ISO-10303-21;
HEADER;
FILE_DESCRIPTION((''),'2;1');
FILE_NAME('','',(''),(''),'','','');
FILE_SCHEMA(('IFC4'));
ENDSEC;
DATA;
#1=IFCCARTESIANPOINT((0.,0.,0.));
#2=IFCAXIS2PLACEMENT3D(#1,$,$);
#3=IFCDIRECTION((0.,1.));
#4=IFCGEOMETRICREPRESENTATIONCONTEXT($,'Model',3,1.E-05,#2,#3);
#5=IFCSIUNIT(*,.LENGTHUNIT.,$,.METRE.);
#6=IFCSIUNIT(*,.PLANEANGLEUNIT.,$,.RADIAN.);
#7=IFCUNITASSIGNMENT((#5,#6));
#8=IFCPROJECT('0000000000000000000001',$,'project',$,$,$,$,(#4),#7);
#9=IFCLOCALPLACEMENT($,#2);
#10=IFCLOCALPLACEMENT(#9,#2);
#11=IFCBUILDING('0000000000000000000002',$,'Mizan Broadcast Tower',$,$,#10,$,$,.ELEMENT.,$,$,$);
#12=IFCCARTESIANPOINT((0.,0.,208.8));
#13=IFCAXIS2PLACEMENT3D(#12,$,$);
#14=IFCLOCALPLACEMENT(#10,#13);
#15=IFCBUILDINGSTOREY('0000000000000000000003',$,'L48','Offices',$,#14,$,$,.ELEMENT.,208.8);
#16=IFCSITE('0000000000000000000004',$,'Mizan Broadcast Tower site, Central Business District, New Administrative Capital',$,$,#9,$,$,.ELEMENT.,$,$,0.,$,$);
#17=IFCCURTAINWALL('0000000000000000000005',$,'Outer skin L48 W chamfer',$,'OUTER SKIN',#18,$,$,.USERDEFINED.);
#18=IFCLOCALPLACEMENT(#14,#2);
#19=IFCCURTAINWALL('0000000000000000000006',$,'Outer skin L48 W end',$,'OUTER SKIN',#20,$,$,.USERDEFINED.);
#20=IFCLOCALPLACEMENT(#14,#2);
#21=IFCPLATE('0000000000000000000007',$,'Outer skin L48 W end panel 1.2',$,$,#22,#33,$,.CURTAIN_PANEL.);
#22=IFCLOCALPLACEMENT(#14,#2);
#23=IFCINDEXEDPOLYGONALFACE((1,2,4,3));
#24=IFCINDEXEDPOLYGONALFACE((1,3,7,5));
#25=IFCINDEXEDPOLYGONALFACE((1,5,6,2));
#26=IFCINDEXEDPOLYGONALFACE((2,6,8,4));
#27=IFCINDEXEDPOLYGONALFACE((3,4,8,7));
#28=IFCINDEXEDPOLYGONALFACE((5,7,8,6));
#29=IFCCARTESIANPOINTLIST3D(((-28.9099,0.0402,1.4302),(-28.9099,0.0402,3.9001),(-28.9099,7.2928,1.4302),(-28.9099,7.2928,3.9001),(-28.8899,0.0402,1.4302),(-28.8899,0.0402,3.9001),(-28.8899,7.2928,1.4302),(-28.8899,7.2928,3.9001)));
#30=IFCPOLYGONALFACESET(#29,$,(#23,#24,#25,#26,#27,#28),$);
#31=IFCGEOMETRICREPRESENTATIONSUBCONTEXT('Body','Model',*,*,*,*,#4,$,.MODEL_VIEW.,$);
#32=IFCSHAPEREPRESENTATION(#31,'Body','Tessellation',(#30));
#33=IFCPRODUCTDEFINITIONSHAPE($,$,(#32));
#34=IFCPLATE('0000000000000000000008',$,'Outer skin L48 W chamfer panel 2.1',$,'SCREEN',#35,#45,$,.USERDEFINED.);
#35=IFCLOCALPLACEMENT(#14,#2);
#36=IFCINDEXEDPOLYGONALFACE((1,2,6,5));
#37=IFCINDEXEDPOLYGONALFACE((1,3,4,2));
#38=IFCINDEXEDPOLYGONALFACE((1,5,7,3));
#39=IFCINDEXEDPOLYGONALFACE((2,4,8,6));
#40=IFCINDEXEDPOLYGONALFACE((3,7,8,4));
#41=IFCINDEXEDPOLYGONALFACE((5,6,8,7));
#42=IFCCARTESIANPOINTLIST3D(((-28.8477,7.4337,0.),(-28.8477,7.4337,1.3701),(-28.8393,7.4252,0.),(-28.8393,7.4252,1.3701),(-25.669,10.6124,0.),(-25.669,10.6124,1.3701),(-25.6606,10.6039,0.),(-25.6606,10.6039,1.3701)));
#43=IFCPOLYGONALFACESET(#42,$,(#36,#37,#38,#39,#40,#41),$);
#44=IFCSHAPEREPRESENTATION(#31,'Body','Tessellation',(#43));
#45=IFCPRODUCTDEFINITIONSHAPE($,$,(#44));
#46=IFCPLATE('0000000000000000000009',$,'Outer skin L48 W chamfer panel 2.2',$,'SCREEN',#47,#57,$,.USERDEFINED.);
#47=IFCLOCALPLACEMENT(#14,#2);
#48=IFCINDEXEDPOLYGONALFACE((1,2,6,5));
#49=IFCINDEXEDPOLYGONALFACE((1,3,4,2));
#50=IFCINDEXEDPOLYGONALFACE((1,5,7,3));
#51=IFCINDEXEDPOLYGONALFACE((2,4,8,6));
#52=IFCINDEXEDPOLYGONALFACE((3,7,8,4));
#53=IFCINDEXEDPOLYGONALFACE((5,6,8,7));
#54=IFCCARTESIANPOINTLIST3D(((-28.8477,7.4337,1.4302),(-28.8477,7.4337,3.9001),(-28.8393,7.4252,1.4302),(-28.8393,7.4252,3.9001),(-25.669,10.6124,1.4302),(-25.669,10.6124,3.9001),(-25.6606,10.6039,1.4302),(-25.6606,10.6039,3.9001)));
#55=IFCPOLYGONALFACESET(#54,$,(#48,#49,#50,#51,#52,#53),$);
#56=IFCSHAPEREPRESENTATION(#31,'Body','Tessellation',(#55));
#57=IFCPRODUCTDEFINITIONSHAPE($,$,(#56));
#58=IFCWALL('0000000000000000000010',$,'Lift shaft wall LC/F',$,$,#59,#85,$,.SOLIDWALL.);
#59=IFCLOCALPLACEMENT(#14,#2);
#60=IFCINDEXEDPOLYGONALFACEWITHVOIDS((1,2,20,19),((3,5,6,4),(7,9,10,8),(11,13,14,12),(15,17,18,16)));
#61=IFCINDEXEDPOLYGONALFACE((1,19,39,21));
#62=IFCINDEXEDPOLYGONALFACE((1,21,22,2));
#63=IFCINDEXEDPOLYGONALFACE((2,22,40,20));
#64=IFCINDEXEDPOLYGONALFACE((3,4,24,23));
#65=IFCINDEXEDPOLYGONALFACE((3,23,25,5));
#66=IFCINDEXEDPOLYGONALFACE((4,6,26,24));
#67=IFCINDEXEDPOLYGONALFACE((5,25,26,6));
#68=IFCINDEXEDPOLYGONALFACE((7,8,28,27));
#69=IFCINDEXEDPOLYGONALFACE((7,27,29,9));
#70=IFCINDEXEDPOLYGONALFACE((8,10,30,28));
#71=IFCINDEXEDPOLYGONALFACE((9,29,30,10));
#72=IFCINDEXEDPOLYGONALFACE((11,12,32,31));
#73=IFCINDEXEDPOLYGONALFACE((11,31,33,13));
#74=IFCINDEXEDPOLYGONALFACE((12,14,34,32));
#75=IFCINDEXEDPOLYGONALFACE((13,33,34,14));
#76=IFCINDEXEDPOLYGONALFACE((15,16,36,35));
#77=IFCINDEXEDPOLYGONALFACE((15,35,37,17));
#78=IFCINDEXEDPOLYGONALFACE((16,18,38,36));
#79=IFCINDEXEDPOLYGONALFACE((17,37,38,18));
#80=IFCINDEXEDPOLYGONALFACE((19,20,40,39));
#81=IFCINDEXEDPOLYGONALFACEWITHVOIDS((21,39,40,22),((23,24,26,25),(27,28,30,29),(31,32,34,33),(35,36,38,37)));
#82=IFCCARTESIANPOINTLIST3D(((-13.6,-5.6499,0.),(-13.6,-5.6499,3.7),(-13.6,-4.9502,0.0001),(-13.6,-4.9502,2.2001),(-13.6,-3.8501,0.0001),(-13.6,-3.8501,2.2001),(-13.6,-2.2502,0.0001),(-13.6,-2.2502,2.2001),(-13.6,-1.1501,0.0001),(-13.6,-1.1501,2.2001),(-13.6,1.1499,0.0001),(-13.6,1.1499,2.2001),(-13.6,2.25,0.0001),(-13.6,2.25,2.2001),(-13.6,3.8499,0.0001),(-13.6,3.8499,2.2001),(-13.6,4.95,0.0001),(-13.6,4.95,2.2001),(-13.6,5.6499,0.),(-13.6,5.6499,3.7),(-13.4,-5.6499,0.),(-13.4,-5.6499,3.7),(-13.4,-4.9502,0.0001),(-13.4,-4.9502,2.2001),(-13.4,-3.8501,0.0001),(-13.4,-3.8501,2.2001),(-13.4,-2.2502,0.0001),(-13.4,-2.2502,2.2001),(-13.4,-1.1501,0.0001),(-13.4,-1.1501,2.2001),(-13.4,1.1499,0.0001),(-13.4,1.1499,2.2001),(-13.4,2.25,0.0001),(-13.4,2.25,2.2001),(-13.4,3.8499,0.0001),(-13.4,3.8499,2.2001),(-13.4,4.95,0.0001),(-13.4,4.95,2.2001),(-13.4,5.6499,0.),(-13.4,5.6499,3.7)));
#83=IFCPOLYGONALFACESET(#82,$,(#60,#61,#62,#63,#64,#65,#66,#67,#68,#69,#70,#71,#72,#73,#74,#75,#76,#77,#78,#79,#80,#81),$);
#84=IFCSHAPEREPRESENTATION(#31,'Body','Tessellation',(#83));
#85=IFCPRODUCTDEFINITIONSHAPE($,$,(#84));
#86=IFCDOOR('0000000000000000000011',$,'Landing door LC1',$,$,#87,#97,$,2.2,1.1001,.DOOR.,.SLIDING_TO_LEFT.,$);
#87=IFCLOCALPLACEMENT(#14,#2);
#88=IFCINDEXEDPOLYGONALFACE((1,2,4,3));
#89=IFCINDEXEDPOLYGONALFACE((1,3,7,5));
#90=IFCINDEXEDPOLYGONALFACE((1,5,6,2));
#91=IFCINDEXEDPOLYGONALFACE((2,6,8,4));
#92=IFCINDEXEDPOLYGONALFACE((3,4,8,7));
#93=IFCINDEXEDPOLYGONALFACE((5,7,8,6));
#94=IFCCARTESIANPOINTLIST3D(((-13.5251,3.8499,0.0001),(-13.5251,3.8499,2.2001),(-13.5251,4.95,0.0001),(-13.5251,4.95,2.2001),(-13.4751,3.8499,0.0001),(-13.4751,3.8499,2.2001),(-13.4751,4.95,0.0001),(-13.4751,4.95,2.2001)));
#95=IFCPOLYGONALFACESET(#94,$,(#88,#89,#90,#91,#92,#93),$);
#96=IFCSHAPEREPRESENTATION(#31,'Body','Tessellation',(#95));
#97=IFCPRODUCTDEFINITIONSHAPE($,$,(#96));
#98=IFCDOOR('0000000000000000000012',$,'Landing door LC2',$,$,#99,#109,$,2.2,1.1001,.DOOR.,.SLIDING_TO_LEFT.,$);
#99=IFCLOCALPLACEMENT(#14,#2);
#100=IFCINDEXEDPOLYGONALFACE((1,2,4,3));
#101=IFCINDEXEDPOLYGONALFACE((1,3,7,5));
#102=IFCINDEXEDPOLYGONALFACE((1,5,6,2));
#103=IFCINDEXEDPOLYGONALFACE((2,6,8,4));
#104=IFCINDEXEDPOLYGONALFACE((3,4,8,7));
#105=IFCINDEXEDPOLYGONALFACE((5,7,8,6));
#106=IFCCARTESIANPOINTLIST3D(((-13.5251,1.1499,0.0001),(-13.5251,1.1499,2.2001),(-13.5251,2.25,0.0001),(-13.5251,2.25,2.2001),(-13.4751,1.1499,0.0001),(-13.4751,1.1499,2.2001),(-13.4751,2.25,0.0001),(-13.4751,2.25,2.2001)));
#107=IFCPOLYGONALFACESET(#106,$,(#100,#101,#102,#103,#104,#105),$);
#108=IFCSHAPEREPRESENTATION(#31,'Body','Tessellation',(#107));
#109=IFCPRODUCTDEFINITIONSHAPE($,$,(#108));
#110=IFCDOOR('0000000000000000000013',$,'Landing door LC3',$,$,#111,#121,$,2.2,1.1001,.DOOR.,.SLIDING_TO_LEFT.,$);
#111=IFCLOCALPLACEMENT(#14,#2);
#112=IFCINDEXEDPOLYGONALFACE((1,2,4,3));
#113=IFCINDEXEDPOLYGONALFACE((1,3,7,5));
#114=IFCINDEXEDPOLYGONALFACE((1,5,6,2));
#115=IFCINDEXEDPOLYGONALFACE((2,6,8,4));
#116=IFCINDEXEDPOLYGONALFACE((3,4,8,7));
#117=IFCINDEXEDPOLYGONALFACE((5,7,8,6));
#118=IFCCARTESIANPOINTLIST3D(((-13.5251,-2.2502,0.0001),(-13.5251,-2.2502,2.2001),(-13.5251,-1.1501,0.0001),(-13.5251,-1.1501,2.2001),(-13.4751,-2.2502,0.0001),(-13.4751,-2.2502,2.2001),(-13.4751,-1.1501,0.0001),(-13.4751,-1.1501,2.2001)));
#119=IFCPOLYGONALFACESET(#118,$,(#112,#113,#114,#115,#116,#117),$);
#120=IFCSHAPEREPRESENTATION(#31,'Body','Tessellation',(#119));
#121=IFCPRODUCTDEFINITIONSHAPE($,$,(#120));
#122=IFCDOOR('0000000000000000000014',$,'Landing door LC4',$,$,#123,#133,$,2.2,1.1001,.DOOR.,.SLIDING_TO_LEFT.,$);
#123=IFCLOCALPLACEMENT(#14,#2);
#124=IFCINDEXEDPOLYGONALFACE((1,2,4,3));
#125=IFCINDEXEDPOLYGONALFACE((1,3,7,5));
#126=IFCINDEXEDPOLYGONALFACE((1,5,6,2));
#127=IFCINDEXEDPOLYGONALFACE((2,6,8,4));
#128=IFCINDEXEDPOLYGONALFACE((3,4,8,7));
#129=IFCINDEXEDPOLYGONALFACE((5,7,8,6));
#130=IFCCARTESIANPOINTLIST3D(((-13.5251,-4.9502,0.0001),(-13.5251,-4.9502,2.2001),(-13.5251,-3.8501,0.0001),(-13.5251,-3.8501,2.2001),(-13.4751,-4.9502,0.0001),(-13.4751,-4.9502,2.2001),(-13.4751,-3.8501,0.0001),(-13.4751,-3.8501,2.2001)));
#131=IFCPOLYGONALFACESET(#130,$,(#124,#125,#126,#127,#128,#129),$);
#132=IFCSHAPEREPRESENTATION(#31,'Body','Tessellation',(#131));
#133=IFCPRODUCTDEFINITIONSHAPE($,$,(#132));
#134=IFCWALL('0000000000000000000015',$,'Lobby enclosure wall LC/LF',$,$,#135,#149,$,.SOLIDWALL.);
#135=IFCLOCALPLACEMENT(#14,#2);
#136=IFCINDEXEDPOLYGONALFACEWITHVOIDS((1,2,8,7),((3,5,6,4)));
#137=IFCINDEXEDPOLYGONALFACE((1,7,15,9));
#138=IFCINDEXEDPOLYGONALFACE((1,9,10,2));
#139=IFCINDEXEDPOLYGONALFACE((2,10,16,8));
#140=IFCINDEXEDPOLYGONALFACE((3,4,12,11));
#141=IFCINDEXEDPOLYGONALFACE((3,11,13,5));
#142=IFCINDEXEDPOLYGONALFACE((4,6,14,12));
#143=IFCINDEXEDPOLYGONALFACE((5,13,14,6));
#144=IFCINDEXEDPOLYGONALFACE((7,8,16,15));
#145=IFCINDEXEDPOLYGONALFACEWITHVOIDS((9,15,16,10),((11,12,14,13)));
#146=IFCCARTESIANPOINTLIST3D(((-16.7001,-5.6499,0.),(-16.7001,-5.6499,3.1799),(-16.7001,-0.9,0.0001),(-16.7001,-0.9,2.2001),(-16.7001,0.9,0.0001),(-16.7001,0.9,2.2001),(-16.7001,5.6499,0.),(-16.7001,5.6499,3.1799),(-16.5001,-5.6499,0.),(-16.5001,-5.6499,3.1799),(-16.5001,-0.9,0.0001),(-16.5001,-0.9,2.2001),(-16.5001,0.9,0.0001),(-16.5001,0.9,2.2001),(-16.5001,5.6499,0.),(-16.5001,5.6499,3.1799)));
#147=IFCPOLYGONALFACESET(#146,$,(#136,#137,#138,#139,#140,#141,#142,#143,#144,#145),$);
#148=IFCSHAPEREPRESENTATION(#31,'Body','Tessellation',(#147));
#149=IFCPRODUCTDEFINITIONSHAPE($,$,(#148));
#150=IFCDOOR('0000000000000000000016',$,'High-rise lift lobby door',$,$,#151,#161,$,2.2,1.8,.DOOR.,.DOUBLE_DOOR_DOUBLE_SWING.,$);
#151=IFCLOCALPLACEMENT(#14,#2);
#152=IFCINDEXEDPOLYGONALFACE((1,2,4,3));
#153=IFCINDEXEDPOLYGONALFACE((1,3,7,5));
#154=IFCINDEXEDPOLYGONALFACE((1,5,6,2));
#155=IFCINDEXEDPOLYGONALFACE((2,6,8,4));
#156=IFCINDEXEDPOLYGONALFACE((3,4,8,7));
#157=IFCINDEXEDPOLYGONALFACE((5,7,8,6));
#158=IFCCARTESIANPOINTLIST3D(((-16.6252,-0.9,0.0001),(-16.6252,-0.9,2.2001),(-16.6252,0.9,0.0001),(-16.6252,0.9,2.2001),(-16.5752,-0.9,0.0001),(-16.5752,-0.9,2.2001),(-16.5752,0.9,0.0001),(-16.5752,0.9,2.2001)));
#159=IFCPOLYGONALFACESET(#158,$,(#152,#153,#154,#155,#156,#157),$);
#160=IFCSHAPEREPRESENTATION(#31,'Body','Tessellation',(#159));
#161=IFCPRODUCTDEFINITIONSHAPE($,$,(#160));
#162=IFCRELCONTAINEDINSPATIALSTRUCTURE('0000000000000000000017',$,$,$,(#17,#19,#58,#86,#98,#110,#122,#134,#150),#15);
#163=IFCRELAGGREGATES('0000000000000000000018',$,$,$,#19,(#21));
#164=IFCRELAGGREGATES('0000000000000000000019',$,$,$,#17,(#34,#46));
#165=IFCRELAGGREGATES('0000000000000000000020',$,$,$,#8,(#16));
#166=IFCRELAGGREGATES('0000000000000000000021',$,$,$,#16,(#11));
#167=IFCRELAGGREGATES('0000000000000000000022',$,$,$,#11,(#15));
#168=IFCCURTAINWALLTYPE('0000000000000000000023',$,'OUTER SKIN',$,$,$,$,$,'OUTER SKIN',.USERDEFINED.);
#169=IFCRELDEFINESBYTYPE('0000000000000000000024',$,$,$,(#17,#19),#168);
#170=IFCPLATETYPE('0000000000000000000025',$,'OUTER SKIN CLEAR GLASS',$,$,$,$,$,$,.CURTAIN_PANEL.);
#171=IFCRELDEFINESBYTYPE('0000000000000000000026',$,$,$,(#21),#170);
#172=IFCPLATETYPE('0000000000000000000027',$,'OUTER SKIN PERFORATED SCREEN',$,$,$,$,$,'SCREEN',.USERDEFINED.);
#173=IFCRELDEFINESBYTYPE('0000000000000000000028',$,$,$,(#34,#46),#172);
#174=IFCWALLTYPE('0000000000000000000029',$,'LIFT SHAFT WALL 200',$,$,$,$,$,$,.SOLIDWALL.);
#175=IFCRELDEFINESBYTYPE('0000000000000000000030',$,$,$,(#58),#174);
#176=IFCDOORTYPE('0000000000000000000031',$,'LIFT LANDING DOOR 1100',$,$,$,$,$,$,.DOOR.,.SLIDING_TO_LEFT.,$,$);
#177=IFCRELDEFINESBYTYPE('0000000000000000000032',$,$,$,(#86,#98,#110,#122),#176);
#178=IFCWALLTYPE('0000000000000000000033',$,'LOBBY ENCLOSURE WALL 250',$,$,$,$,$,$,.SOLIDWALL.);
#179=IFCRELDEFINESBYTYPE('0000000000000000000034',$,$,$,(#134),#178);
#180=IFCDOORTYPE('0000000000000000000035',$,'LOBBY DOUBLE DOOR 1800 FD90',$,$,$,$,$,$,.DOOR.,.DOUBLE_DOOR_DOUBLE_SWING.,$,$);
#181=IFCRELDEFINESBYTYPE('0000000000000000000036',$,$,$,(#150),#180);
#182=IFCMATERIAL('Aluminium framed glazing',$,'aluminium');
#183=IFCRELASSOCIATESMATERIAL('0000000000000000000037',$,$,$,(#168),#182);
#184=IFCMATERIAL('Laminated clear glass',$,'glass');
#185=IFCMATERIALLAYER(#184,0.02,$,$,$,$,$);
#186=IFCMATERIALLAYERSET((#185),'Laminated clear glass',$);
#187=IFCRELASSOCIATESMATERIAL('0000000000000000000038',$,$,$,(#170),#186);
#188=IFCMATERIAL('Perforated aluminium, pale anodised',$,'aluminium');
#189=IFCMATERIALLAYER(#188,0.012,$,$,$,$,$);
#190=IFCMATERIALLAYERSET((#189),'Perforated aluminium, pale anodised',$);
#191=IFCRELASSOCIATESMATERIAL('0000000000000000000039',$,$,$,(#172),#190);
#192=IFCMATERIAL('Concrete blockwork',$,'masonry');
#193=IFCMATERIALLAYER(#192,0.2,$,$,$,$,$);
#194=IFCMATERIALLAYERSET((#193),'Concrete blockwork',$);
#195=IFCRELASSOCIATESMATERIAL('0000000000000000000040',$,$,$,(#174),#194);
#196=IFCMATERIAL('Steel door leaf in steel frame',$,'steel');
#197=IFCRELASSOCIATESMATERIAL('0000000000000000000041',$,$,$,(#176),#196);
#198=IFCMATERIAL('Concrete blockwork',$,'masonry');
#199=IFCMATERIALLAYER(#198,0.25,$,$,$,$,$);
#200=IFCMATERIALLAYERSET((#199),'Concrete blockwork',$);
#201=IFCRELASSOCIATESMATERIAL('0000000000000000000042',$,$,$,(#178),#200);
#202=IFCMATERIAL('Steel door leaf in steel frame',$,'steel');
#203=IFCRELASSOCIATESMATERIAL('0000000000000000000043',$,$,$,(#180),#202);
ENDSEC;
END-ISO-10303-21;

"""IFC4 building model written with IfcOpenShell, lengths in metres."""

from ifc_helpers import new_model, si_unit, direction, frame, frame_2d, origin, origin_2d, place, context, subcontext, project, spatial, rectangle, extrude, material, layer, layer_set, type_object, element, fill, aggregate, save


model = new_model("IFC4")

# Units and contexts
model_context = context("Model", 3, precision=1e-05, world=origin(), true_north=direction((0.0, 1.0)))
body_context = subcontext(model_context, "Body", "Model", "MODEL_VIEW")
ifc_project = project(units=[si_unit("LENGTHUNIT", "METRE"), si_unit("PLANEANGLEUNIT", "RADIAN")], contexts=[model_context])

# Site, building, storey
site_placement = place(None, origin())
site = spatial("IfcSite", under=ifc_project, at=site_placement, Name="Mizan Broadcast Tower site, Central Business District, New Administrative Capital", CompositionType="ELEMENT", RefElevation=0.0)
building_placement = place(site_placement, origin())
building = spatial("IfcBuilding", under=site, at=building_placement, Name="Mizan Broadcast Tower", CompositionType="ELEMENT")
storey_placement = place(building_placement, frame((0.0, 0.0, 208.8)))
storey = spatial("IfcBuildingStorey", under=building, at=storey_placement, Name="L48", Description="Offices", CompositionType="ELEMENT", Elevation=208.8)

# Curtain wall
ifc_material_1 = material(Name="Aluminium framed glazing", Category="aluminium")
curtain_wall_type_1 = type_object("IfcCurtainWallType", Name="OUTER SKIN", ElementType="OUTER SKIN", PredefinedType="USERDEFINED", material=ifc_material_1)
curtain_wall_1_placement = place(storey_placement, origin())
curtain_wall_1 = element("IfcCurtainWall", 1, at=curtain_wall_1_placement, inside=storey, type_object=curtain_wall_type_1, Name="Outer skin L48 W chamfer", ObjectType="OUTER SKIN", PredefinedType="USERDEFINED")

# Curtain wall
curtain_wall_2_placement = place(storey_placement, origin())
curtain_wall_2 = element("IfcCurtainWall", 2, at=curtain_wall_2_placement, inside=storey, type_object=curtain_wall_type_1, Name="Outer skin L48 W end", ObjectType="OUTER SKIN", PredefinedType="USERDEFINED")

# Plates
ifc_material_2 = material(Name="Laminated clear glass", Category="glass")
ifc_layer_1 = layer(ifc_material_2, 0.02)
ifc_layer_set_1 = layer_set([ifc_layer_1], Name="Laminated clear glass")
plate_type_1 = type_object("IfcPlateType", Name="OUTER SKIN CLEAR GLASS", PredefinedType="CURTAIN_PANEL", material=ifc_layer_set_1)
plate_1_placement = place(storey_placement, frame((-28.8999, 3.6665, 1.4302), z_axis=(0.0, 0.0, 1.0), x_axis=(0.0, -1.0, 0.0)))
plate_1 = element("IfcPlate", 3, at=plate_1_placement, type_object=plate_type_1, Name="Outer skin L48 W end panel 1.2", PredefinedType="CURTAIN_PANEL", context=body_context, shape_type="SweptSolid", body=[
    extrude(rectangle(XDim=7.2527, YDim=0.02, at=origin_2d()), origin(), (0.0, 0.0, 1.0), 2.47),
])
aggregate(curtain_wall_2, [plate_1])
ifc_material_3 = material(Name="Perforated aluminium, pale anodised", Category="aluminium")
ifc_layer_2 = layer(ifc_material_3, 0.012)
ifc_layer_set_2 = layer_set([ifc_layer_2], Name="Perforated aluminium, pale anodised")
plate_type_2 = type_object("IfcPlateType", Name="OUTER SKIN PERFORATED SCREEN", ElementType="SCREEN", PredefinedType="USERDEFINED", material=ifc_layer_set_2)
plate_2_placement = place(storey_placement, frame((-27.2542, 9.0188, 0.0), z_axis=(0.0, 0.0, 1.0), x_axis=(-0.707107, -0.707107, 0.0)))
plate_2 = element("IfcPlate", 4, at=plate_2_placement, type_object=plate_type_2, Name="Outer skin L48 W chamfer panel 2.1", ObjectType="SCREEN", PredefinedType="USERDEFINED", context=body_context, shape_type="SweptSolid", body=[
    extrude(rectangle(XDim=4.4954, YDim=0.012, at=origin_2d()), origin(), (0.0, 0.0, 1.0), 1.3701),
])
plate_3_placement = place(storey_placement, frame((-27.2542, 9.0188, 1.4302), z_axis=(0.0, 0.0, 1.0), x_axis=(-0.707107, -0.707107, 0.0)))
plate_3 = element("IfcPlate", 5, at=plate_3_placement, type_object=plate_type_2, Name="Outer skin L48 W chamfer panel 2.2", ObjectType="SCREEN", PredefinedType="USERDEFINED", context=body_context, shape_type="SweptSolid", body=[
    extrude(rectangle(XDim=4.4954, YDim=0.012, at=origin_2d()), origin(), (0.0, 0.0, 1.0), 2.47),
])
aggregate(curtain_wall_1, [plate_2, plate_3])

# Wall, openings, doors
ifc_material_4 = material(Name="Concrete blockwork", Category="masonry")
ifc_layer_3 = layer(ifc_material_4, 0.2)
ifc_layer_set_3 = layer_set([ifc_layer_3], Name="Concrete blockwork")
wall_type_1 = type_object("IfcWallType", Name="LIFT SHAFT WALL 200", PredefinedType="SOLIDWALL", material=ifc_layer_set_3)
wall_1_placement = place(storey_placement, frame((-13.5, 5.6499, 0.0), z_axis=(0.0, 0.0, 1.0), x_axis=(0.0, -1.0, 0.0)))
wall_1 = element("IfcWall", 6, at=wall_1_placement, inside=storey, type_object=wall_type_1, Name="Lift shaft wall LC/F", PredefinedType="SOLIDWALL", context=body_context, shape_type="SweptSolid", body=[
    extrude(rectangle(XDim=11.2998, YDim=0.2, at=frame_2d((5.6499, 0.0))), origin(), (0.0, 0.0, 1.0), 3.7),
])
opening_1_placement = place(wall_1_placement, frame((0.7, 0.0, 0.0)))
opening_1 = element("IfcOpeningElement", 7, at=opening_1_placement, cuts=wall_1, PredefinedType="OPENING", context=body_context, shape_type="SweptSolid", body=[
    extrude(rectangle(XDim=1.1001, YDim=2.2, at=frame_2d((0.55, 1.1001))), frame((0.0, 0.1099, 0.0), z_axis=(0.0, -1.0, 0.0), x_axis=(1.0, 0.0, 0.0)), (0.0, 0.0, 1.0), 0.22),
])
opening_2_placement = place(wall_1_placement, frame((3.3999, 0.0, 0.0)))
opening_2 = element("IfcOpeningElement", 8, at=opening_2_placement, cuts=wall_1, PredefinedType="OPENING", context=body_context, shape_type="SweptSolid", body=[
    extrude(rectangle(XDim=1.1001, YDim=2.2, at=frame_2d((0.55, 1.1001))), frame((0.0, 0.1099, 0.0), z_axis=(0.0, -1.0, 0.0), x_axis=(1.0, 0.0, 0.0)), (0.0, 0.0, 1.0), 0.22),
])
opening_3_placement = place(wall_1_placement, frame((6.8, 0.0, 0.0)))
opening_3 = element("IfcOpeningElement", 9, at=opening_3_placement, cuts=wall_1, PredefinedType="OPENING", context=body_context, shape_type="SweptSolid", body=[
    extrude(rectangle(XDim=1.1001, YDim=2.2, at=frame_2d((0.55, 1.1001))), frame((0.0, 0.1099, 0.0), z_axis=(0.0, -1.0, 0.0), x_axis=(1.0, 0.0, 0.0)), (0.0, 0.0, 1.0), 0.22),
])
opening_4_placement = place(wall_1_placement, frame((9.5, 0.0, 0.0)))
opening_4 = element("IfcOpeningElement", 10, at=opening_4_placement, cuts=wall_1, PredefinedType="OPENING", context=body_context, shape_type="SweptSolid", body=[
    extrude(rectangle(XDim=1.1001, YDim=2.2, at=frame_2d((0.55, 1.1001))), frame((0.0, 0.1099, 0.0), z_axis=(0.0, -1.0, 0.0), x_axis=(1.0, 0.0, 0.0)), (0.0, 0.0, 1.0), 0.22),
])
ifc_material_5 = material(Name="Steel door leaf in steel frame", Category="steel")
door_type_1 = type_object("IfcDoorType", Name="LIFT LANDING DOOR 1100", OperationType="SLIDING_TO_LEFT", PredefinedType="DOOR", material=ifc_material_5)
door_1_placement = place(opening_1_placement, origin())
door_1 = element("IfcDoor", 11, at=door_1_placement, inside=storey, type_object=door_type_1, Name="Landing door LC1", OperationType="SLIDING_TO_LEFT", OverallHeight=2.2, OverallWidth=1.1001, PredefinedType="DOOR", context=body_context, shape_type="SweptSolid", body=[
    extrude(rectangle(XDim=1.1001, YDim=2.2, at=frame_2d((0.55, 1.1001))), frame((0.0, 0.0249, 0.0), z_axis=(0.0, -1.0, 0.0), x_axis=(1.0, 0.0, 0.0)), (0.0, 0.0, 1.0), 0.05),
])
fill(opening_1, door_1)
door_2_placement = place(opening_2_placement, origin())
door_2 = element("IfcDoor", 12, at=door_2_placement, inside=storey, type_object=door_type_1, Name="Landing door LC2", OperationType="SLIDING_TO_LEFT", OverallHeight=2.2, OverallWidth=1.1001, PredefinedType="DOOR", context=body_context, shape_type="SweptSolid", body=[
    extrude(rectangle(XDim=1.1001, YDim=2.2, at=frame_2d((0.55, 1.1001))), frame((0.0, 0.0249, 0.0), z_axis=(0.0, -1.0, 0.0), x_axis=(1.0, 0.0, 0.0)), (0.0, 0.0, 1.0), 0.05),
])
fill(opening_2, door_2)
door_3_placement = place(opening_3_placement, origin())
door_3 = element("IfcDoor", 13, at=door_3_placement, inside=storey, type_object=door_type_1, Name="Landing door LC3", OperationType="SLIDING_TO_LEFT", OverallHeight=2.2, OverallWidth=1.1001, PredefinedType="DOOR", context=body_context, shape_type="SweptSolid", body=[
    extrude(rectangle(XDim=1.1001, YDim=2.2, at=frame_2d((0.55, 1.1001))), frame((0.0, 0.0249, 0.0), z_axis=(0.0, -1.0, 0.0), x_axis=(1.0, 0.0, 0.0)), (0.0, 0.0, 1.0), 0.05),
])
fill(opening_3, door_3)
door_4_placement = place(opening_4_placement, origin())
door_4 = element("IfcDoor", 14, at=door_4_placement, inside=storey, type_object=door_type_1, Name="Landing door LC4", OperationType="SLIDING_TO_LEFT", OverallHeight=2.2, OverallWidth=1.1001, PredefinedType="DOOR", context=body_context, shape_type="SweptSolid", body=[
    extrude(rectangle(XDim=1.1001, YDim=2.2, at=frame_2d((0.55, 1.1001))), frame((0.0, 0.0249, 0.0), z_axis=(0.0, -1.0, 0.0), x_axis=(1.0, 0.0, 0.0)), (0.0, 0.0, 1.0), 0.05),
])
fill(opening_4, door_4)

# Wall, opening, door
ifc_material_6 = material(Name="Concrete blockwork", Category="masonry")
ifc_layer_4 = layer(ifc_material_6, 0.25)
ifc_layer_set_4 = layer_set([ifc_layer_4], Name="Concrete blockwork")
wall_type_2 = type_object("IfcWallType", Name="LOBBY ENCLOSURE WALL 250", PredefinedType="SOLIDWALL", material=ifc_layer_set_4)
wall_2_placement = place(storey_placement, frame((-16.6001, 5.6499, 0.0), z_axis=(0.0, 0.0, 1.0), x_axis=(0.0, -1.0, 0.0)))
wall_2 = element("IfcWall", 15, at=wall_2_placement, inside=storey, type_object=wall_type_2, Name="Lobby enclosure wall LC/LF", PredefinedType="SOLIDWALL", context=body_context, shape_type="SweptSolid", body=[
    extrude(rectangle(XDim=11.2998, YDim=0.2, at=frame_2d((5.6499, 0.0))), origin(), (0.0, 0.0, 1.0), 3.1799),
])
opening_5_placement = place(wall_2_placement, frame((4.75, 0.0, 0.0)))
opening_5 = element("IfcOpeningElement", 16, at=opening_5_placement, cuts=wall_2, PredefinedType="OPENING", context=body_context, shape_type="SweptSolid", body=[
    extrude(rectangle(XDim=1.8, YDim=2.2, at=frame_2d((0.8999, 1.1001))), frame((0.0, 0.1099, 0.0), z_axis=(0.0, -1.0, 0.0), x_axis=(1.0, 0.0, 0.0)), (0.0, 0.0, 1.0), 0.22),
])
ifc_material_7 = material(Name="Steel door leaf in steel frame", Category="steel")
door_type_2 = type_object("IfcDoorType", Name="LOBBY DOUBLE DOOR 1800 FD90", OperationType="DOUBLE_DOOR_DOUBLE_SWING", PredefinedType="DOOR", material=ifc_material_7)
door_5_placement = place(opening_5_placement, origin())
door_5 = element("IfcDoor", 17, at=door_5_placement, inside=storey, type_object=door_type_2, Name="High-rise lift lobby door", OperationType="DOUBLE_DOOR_DOUBLE_SWING", OverallHeight=2.2, OverallWidth=1.8, PredefinedType="DOOR", context=body_context, shape_type="SweptSolid", body=[
    extrude(rectangle(XDim=1.8, YDim=2.2, at=frame_2d((0.8999, 1.1001))), frame((0.0, 0.0249, 0.0), z_axis=(0.0, -1.0, 0.0), x_axis=(1.0, 0.0, 0.0)), (0.0, 0.0, 1.0), 0.05),
])
fill(opening_5, door_5)

save(model, "model.ifc")
